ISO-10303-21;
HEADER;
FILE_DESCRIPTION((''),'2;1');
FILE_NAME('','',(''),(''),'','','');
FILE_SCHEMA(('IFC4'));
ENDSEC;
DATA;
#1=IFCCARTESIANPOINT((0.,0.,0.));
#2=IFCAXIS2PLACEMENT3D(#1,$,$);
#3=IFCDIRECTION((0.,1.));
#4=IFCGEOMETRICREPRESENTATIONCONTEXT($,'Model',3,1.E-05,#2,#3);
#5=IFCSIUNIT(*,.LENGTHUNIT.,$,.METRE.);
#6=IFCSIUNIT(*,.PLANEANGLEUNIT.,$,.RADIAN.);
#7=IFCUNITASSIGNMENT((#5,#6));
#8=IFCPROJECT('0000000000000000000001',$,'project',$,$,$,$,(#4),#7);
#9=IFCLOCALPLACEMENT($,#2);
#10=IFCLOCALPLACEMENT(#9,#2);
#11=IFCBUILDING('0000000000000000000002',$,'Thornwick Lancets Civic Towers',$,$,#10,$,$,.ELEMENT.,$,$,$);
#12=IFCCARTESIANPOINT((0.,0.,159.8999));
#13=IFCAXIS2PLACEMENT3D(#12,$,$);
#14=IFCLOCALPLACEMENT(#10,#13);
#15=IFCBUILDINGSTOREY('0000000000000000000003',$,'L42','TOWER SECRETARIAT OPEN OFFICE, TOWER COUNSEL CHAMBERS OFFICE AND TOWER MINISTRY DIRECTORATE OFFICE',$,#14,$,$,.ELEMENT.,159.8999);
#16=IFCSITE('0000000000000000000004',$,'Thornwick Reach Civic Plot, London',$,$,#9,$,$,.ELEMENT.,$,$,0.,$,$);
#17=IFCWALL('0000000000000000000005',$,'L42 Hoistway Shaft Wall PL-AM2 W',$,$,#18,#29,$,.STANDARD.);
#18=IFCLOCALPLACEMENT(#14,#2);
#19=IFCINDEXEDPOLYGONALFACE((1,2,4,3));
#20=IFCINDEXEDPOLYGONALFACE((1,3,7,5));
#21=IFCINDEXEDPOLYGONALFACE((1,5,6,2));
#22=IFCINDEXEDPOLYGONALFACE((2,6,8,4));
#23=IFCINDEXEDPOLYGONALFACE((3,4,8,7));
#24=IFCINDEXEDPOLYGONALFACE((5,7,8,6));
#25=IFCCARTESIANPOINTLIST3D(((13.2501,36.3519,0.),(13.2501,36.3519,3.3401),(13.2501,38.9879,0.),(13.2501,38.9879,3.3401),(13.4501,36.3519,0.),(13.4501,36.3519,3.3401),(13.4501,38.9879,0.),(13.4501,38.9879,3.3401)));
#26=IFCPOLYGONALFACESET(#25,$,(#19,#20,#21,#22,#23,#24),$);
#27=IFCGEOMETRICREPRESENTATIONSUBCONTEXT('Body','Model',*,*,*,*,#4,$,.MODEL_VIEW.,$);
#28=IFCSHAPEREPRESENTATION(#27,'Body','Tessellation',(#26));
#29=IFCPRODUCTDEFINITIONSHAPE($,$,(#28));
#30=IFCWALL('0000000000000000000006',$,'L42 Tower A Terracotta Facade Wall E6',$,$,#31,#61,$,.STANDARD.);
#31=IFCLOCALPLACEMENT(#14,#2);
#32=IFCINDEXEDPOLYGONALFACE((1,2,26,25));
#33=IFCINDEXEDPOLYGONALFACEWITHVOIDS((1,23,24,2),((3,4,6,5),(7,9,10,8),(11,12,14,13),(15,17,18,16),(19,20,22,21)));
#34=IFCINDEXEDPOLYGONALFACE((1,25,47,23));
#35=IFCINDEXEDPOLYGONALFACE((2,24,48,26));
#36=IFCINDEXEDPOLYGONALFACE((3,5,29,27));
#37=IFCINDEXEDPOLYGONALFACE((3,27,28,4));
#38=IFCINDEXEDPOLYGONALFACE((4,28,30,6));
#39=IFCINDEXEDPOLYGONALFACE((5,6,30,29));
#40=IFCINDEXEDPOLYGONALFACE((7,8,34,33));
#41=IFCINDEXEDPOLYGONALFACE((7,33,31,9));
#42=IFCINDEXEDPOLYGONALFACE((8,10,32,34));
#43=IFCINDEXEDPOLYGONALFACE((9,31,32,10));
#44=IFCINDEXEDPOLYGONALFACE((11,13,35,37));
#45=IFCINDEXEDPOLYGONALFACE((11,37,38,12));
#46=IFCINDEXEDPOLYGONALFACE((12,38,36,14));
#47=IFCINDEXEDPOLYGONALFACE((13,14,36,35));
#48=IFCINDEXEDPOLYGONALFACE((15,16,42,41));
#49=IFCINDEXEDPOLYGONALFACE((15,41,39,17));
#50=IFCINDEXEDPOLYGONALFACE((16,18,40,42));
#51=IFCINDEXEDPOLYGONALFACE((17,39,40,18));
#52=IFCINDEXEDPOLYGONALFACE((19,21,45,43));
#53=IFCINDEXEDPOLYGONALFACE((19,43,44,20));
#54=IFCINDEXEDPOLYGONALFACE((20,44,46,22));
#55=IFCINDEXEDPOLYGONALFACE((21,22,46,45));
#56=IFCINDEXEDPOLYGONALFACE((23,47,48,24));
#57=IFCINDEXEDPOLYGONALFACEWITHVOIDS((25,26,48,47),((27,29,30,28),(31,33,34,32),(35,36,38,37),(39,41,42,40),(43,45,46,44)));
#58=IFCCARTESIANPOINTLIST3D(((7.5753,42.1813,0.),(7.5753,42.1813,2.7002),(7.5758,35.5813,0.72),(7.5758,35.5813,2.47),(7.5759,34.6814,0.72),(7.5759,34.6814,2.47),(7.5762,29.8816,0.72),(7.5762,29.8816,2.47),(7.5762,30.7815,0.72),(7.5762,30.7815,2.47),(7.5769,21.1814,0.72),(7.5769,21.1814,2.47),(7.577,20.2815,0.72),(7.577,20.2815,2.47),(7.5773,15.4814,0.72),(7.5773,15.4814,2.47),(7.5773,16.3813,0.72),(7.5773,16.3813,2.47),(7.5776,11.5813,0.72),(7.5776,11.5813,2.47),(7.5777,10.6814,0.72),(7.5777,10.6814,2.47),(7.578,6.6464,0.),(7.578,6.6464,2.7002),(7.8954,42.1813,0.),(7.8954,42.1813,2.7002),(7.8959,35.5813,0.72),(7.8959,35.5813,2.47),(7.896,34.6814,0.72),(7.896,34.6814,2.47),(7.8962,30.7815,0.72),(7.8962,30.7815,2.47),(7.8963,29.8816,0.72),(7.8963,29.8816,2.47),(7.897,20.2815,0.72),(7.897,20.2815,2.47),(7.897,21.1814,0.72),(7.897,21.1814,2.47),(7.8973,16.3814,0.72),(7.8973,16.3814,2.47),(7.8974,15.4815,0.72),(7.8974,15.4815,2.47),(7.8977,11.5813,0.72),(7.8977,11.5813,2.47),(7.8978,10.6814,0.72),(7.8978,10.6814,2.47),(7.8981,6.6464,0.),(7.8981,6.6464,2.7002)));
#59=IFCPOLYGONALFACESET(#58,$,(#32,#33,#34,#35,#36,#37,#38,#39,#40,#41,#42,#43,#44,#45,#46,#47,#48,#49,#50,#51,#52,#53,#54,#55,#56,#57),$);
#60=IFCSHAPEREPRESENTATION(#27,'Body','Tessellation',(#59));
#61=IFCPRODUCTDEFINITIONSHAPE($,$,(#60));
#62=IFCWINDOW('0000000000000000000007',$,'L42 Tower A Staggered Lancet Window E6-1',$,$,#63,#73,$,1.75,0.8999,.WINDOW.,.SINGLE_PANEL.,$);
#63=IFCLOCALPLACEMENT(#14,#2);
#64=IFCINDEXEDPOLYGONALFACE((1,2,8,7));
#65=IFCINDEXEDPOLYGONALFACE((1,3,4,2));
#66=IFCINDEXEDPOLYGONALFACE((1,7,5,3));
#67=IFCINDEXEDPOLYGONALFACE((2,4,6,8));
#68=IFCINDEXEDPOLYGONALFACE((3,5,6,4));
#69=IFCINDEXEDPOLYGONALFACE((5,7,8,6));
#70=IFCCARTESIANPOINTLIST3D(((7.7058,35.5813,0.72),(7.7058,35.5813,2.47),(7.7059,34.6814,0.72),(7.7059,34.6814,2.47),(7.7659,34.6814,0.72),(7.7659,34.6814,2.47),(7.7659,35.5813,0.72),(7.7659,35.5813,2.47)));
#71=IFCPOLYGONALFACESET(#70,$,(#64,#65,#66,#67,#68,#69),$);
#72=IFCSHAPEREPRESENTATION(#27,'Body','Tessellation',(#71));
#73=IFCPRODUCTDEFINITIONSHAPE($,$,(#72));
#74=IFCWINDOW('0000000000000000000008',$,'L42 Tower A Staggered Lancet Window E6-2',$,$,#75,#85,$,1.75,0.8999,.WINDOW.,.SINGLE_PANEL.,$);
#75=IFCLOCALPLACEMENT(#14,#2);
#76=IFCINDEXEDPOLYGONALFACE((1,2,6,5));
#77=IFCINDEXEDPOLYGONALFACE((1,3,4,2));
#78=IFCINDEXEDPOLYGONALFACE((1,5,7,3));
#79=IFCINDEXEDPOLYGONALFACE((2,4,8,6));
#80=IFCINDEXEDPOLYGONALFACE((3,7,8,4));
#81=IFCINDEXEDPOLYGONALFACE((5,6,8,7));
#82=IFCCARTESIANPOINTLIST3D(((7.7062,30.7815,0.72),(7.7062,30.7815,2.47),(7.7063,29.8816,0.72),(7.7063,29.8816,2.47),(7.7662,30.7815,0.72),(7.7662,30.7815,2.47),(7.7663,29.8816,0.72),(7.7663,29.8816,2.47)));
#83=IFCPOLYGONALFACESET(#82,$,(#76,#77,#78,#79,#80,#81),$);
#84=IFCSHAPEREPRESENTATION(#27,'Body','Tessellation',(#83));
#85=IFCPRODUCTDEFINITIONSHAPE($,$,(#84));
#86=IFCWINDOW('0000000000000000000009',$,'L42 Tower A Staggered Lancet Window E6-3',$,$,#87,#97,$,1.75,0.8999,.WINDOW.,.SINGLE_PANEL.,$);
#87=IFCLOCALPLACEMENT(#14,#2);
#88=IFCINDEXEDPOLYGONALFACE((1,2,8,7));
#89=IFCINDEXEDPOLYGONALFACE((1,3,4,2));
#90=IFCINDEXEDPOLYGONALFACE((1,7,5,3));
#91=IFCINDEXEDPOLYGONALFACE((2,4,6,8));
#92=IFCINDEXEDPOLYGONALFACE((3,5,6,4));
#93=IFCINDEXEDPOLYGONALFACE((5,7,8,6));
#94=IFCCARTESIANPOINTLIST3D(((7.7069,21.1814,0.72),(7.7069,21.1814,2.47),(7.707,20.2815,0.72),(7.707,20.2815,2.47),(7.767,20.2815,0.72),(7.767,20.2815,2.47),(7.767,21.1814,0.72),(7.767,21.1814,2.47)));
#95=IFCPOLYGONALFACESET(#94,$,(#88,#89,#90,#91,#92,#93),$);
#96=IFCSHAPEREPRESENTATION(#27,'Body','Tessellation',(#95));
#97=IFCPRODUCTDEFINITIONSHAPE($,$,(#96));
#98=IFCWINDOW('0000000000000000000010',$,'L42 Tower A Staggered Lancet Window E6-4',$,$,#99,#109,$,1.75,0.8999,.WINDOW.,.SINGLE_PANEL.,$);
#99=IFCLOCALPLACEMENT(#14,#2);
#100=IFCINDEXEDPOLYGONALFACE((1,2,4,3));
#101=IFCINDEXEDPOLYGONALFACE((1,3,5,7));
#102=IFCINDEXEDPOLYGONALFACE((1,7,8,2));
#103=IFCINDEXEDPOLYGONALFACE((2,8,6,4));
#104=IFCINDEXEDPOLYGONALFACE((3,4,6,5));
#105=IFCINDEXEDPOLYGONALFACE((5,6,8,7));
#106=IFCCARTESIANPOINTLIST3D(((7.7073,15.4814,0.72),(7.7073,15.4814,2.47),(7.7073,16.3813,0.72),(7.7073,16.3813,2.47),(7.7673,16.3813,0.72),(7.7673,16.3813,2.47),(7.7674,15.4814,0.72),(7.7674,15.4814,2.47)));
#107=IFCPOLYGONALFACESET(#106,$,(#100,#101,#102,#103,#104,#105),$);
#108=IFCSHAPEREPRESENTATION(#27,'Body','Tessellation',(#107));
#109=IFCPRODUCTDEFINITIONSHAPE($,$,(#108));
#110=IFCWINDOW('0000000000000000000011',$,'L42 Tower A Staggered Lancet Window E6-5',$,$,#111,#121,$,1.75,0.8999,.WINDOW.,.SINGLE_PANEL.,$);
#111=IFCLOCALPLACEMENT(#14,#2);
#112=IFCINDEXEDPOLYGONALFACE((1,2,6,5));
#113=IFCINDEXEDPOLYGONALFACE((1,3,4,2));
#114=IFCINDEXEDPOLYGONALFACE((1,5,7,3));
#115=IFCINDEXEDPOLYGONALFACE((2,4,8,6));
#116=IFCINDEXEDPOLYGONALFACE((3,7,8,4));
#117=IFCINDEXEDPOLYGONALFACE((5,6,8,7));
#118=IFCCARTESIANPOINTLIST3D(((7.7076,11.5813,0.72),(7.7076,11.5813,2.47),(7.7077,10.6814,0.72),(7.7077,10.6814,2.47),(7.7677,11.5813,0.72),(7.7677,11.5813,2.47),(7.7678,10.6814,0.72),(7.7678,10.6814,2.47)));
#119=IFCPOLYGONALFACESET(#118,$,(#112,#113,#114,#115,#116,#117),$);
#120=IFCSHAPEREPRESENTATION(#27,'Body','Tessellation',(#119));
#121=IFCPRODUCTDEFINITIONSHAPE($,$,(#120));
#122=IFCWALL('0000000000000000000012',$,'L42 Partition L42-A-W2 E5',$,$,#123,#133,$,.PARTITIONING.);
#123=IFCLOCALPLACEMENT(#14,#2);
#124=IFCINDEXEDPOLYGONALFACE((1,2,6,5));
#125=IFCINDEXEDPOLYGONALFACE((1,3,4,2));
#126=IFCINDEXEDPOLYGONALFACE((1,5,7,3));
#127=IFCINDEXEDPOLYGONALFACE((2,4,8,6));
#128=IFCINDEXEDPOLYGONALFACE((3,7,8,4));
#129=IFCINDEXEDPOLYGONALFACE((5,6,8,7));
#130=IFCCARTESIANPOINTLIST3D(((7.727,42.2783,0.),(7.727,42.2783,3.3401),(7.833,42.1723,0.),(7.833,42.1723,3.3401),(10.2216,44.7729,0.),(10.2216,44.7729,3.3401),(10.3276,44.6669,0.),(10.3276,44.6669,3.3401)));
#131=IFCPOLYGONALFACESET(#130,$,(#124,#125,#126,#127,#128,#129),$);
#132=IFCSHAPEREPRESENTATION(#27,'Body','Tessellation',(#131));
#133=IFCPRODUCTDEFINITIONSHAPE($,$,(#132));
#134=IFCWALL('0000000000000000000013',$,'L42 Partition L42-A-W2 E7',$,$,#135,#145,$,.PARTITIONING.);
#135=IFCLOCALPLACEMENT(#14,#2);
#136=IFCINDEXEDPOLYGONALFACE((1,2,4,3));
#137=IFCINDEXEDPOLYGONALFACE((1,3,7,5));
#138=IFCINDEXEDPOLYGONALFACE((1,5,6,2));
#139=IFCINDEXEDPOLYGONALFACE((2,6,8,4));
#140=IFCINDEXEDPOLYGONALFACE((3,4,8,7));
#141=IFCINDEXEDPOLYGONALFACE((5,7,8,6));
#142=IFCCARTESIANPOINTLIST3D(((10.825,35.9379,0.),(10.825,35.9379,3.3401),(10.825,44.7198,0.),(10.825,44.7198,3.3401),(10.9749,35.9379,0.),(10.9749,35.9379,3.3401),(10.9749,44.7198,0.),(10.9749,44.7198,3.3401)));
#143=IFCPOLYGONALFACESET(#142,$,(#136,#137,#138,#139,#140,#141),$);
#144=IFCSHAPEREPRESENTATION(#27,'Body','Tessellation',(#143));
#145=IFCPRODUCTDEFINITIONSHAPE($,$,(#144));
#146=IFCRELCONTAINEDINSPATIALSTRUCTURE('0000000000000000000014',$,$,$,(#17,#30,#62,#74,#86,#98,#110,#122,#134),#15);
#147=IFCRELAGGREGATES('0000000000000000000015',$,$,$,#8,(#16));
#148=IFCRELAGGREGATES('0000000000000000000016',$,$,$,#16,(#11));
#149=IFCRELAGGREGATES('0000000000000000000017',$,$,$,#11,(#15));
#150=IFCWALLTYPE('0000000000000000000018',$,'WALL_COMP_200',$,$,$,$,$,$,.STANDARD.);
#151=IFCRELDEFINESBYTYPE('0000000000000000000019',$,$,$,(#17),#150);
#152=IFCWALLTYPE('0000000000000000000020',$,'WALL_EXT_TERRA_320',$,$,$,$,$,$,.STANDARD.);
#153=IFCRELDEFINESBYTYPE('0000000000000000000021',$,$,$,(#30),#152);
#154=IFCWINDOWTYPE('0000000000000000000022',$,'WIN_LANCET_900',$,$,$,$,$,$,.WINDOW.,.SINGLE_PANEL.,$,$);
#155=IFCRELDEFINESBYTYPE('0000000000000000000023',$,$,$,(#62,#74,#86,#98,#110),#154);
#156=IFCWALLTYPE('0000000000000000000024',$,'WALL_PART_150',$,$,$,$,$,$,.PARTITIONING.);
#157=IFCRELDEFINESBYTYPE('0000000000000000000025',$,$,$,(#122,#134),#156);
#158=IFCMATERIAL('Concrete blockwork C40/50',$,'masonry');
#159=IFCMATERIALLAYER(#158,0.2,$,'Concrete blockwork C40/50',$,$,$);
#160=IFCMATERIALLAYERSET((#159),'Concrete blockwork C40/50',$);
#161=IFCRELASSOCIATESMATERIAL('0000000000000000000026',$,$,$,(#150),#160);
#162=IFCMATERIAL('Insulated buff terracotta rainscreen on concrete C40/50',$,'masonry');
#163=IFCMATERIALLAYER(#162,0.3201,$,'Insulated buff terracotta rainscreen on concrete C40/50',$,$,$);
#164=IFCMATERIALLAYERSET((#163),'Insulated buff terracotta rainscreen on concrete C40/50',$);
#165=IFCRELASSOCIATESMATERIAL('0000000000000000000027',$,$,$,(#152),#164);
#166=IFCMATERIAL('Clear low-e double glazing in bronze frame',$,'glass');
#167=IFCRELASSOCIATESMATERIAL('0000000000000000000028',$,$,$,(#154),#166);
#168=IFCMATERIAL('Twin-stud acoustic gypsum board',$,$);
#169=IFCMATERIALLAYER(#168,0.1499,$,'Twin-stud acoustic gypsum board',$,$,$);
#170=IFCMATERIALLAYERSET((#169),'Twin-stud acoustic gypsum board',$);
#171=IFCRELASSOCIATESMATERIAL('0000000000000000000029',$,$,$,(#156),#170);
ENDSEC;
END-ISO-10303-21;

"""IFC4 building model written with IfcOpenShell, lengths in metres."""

from ifc_helpers import new_model, si_unit, direction, frame, frame_2d, origin, place, context, subcontext, project, spatial, rectangle, extrude, material, layer, layer_set, type_object, element, fill, save


model = new_model("IFC4")

# Units and contexts
model_context = context("Model", 3, precision=1e-05, world=origin(), true_north=direction((0.0, 1.0)))
body_context = subcontext(model_context, "Body", "Model", "MODEL_VIEW")
ifc_project = project(units=[si_unit("LENGTHUNIT", "METRE"), si_unit("PLANEANGLEUNIT", "RADIAN")], contexts=[model_context])

# Site, building, storey
site_placement = place(None, origin())
site = spatial("IfcSite", under=ifc_project, at=site_placement, Name="Thornwick Reach Civic Plot, London", CompositionType="ELEMENT", RefElevation=0.0)
building_placement = place(site_placement, origin())
building = spatial("IfcBuilding", under=site, at=building_placement, Name="Thornwick Lancets Civic Towers", CompositionType="ELEMENT")
storey_placement = place(building_placement, frame((0.0, 0.0, 159.8999)))
storey = spatial("IfcBuildingStorey", under=building, at=storey_placement, Name="L42", Description="TOWER SECRETARIAT OPEN OFFICE, TOWER COUNSEL CHAMBERS OFFICE AND TOWER MINISTRY DIRECTORATE OFFICE", CompositionType="ELEMENT", Elevation=159.8999)

# Wall
ifc_material_1 = material(Name="Concrete blockwork C40/50", Category="masonry")
ifc_layer_1 = layer(ifc_material_1, 0.2, Name="Concrete blockwork C40/50")
ifc_layer_set_1 = layer_set([ifc_layer_1], Name="Concrete blockwork C40/50")
wall_type_1 = type_object("IfcWallType", Name="WALL_COMP_200", PredefinedType="STANDARD", material=ifc_layer_set_1)
wall_1_placement = place(storey_placement, frame((13.3501, 36.3521, 0.0), z_axis=(0.0, 0.0, 1.0), x_axis=(0.0, 1.0, 0.0)))
element("IfcWall", 1, at=wall_1_placement, inside=storey, type_object=wall_type_1, Name="L42 Hoistway Shaft Wall PL-AM2 W", PredefinedType="STANDARD", context=body_context, shape_type="SweptSolid", body=[
    extrude(rectangle(XDim=2.636, YDim=0.2, at=frame_2d((1.3179, 0.0))), origin(), (0.0, 0.0, 1.0), 3.3401),
])

# Wall, openings, windows
ifc_material_2 = material(Name="Insulated buff terracotta rainscreen on concrete C40/50", Category="masonry")
ifc_layer_2 = layer(ifc_material_2, 0.3201, Name="Insulated buff terracotta rainscreen on concrete C40/50")
ifc_layer_set_2 = layer_set([ifc_layer_2], Name="Insulated buff terracotta rainscreen on concrete C40/50")
wall_type_2 = type_object("IfcWallType", Name="WALL_EXT_TERRA_320", PredefinedType="STANDARD", material=ifc_layer_set_2)
wall_2_placement = place(storey_placement, frame((7.7354, 42.1814, 0.0), z_axis=(0.0, 0.0, 1.0), x_axis=(0.000076, -1.0, 0.0)))
wall_2 = element("IfcWall", 2, at=wall_2_placement, inside=storey, type_object=wall_type_2, Name="L42 Tower A Terracotta Facade Wall E6", PredefinedType="STANDARD", context=body_context, shape_type="SweptSolid", body=[
    extrude(rectangle(XDim=35.5349, YDim=0.3201, at=frame_2d((17.7676, 0.0))), origin(), (0.0, 0.0, 1.0), 2.7002),
])
opening_1_placement = place(wall_2_placement, frame((6.6001, 0.0, 0.72)))
opening_1 = element("IfcOpeningElement", 3, at=opening_1_placement, cuts=wall_2, PredefinedType="OPENING", context=body_context, shape_type="SweptSolid", body=[
    extrude(rectangle(XDim=0.8999, YDim=1.75, at=frame_2d((0.45, 0.875))), frame((0.0, 0.1699, 0.0), z_axis=(0.0, -1.0, 0.0), x_axis=(1.0, 0.0, 0.0)), (0.0, 0.0, 1.0), 0.3401),
])
opening_2_placement = place(wall_2_placement, frame((11.3999, 0.0, 0.72)))
opening_2 = element("IfcOpeningElement", 4, at=opening_2_placement, cuts=wall_2, PredefinedType="OPENING", context=body_context, shape_type="SweptSolid", body=[
    extrude(rectangle(XDim=0.8999, YDim=1.75, at=frame_2d((0.45, 0.875))), frame((0.0, 0.1699, 0.0), z_axis=(0.0, -1.0, 0.0), x_axis=(1.0, 0.0, 0.0)), (0.0, 0.0, 1.0), 0.3401),
])
opening_3_placement = place(wall_2_placement, frame((21.0, 0.0, 0.72)))
opening_3 = element("IfcOpeningElement", 5, at=opening_3_placement, cuts=wall_2, PredefinedType="OPENING", context=body_context, shape_type="SweptSolid", body=[
    extrude(rectangle(XDim=0.8999, YDim=1.75, at=frame_2d((0.45, 0.875))), frame((0.0, 0.1699, 0.0), z_axis=(0.0, -1.0, 0.0), x_axis=(1.0, 0.0, 0.0)), (0.0, 0.0, 1.0), 0.3401),
])
opening_4_placement = place(wall_2_placement, frame((25.8, 0.0, 0.72)))
opening_4 = element("IfcOpeningElement", 6, at=opening_4_placement, cuts=wall_2, PredefinedType="OPENING", context=body_context, shape_type="SweptSolid", body=[
    extrude(rectangle(XDim=0.8999, YDim=1.75, at=frame_2d((0.45, 0.875))), frame((0.0, 0.1699, 0.0), z_axis=(0.0, -1.0, 0.0), x_axis=(1.0, 0.0, 0.0)), (0.0, 0.0, 1.0), 0.3401),
])
opening_5_placement = place(wall_2_placement, frame((30.6001, 0.0, 0.72)))
opening_5 = element("IfcOpeningElement", 7, at=opening_5_placement, cuts=wall_2, PredefinedType="OPENING", context=body_context, shape_type="SweptSolid", body=[
    extrude(rectangle(XDim=0.8999, YDim=1.75, at=frame_2d((0.45, 0.875))), frame((0.0, 0.1699, 0.0), z_axis=(0.0, -1.0, 0.0), x_axis=(1.0, 0.0, 0.0)), (0.0, 0.0, 1.0), 0.3401),
])
ifc_material_3 = material(Name="Clear low-e double glazing in bronze frame", Category="glass")
window_type = type_object("IfcWindowType", Name="WIN_LANCET_900", PartitioningType="SINGLE_PANEL", PredefinedType="WINDOW", material=ifc_material_3)
window_1_placement = place(opening_1_placement, origin())
window_1 = element("IfcWindow", 8, at=window_1_placement, inside=storey, type_object=window_type, Name="L42 Tower A Staggered Lancet Window E6-1", OverallHeight=1.75, OverallWidth=0.8999, PartitioningType="SINGLE_PANEL", PredefinedType="WINDOW", context=body_context, shape_type="SweptSolid", body=[
    extrude(rectangle(XDim=0.8999, YDim=1.75, at=frame_2d((0.45, 0.875))), frame((0.0, 0.03, 0.0), z_axis=(0.0, -1.0, 0.0), x_axis=(1.0, 0.0, 0.0)), (0.0, 0.0, 1.0), 0.0601),
])
fill(opening_1, window_1)
window_2_placement = place(opening_2_placement, origin())
window_2 = element("IfcWindow", 9, at=window_2_placement, inside=storey, type_object=window_type, Name="L42 Tower A Staggered Lancet Window E6-2", OverallHeight=1.75, OverallWidth=0.8999, PartitioningType="SINGLE_PANEL", PredefinedType="WINDOW", context=body_context, shape_type="SweptSolid", body=[
    extrude(rectangle(XDim=0.8999, YDim=1.75, at=frame_2d((0.45, 0.875))), frame((0.0, 0.03, 0.0), z_axis=(0.0, -1.0, 0.0), x_axis=(1.0, 0.0, 0.0)), (0.0, 0.0, 1.0), 0.0601),
])
fill(opening_2, window_2)
window_3_placement = place(opening_3_placement, origin())
window_3 = element("IfcWindow", 10, at=window_3_placement, inside=storey, type_object=window_type, Name="L42 Tower A Staggered Lancet Window E6-3", OverallHeight=1.75, OverallWidth=0.8999, PartitioningType="SINGLE_PANEL", PredefinedType="WINDOW", context=body_context, shape_type="SweptSolid", body=[
    extrude(rectangle(XDim=0.8999, YDim=1.75, at=frame_2d((0.45, 0.875))), frame((0.0, 0.03, 0.0), z_axis=(0.0, -1.0, 0.0), x_axis=(1.0, 0.0, 0.0)), (0.0, 0.0, 1.0), 0.0601),
])
fill(opening_3, window_3)
window_4_placement = place(opening_4_placement, origin())
window_4 = element("IfcWindow", 11, at=window_4_placement, inside=storey, type_object=window_type, Name="L42 Tower A Staggered Lancet Window E6-4", OverallHeight=1.75, OverallWidth=0.8999, PartitioningType="SINGLE_PANEL", PredefinedType="WINDOW", context=body_context, shape_type="SweptSolid", body=[
    extrude(rectangle(XDim=0.8999, YDim=1.75, at=frame_2d((0.45, 0.875))), frame((0.0, 0.03, 0.0), z_axis=(0.0, -1.0, 0.0), x_axis=(1.0, 0.0, 0.0)), (0.0, 0.0, 1.0), 0.0601),
])
fill(opening_4, window_4)
window_5_placement = place(opening_5_placement, origin())
window_5 = element("IfcWindow", 12, at=window_5_placement, inside=storey, type_object=window_type, Name="L42 Tower A Staggered Lancet Window E6-5", OverallHeight=1.75, OverallWidth=0.8999, PartitioningType="SINGLE_PANEL", PredefinedType="WINDOW", context=body_context, shape_type="SweptSolid", body=[
    extrude(rectangle(XDim=0.8999, YDim=1.75, at=frame_2d((0.45, 0.875))), frame((0.0, 0.03, 0.0), z_axis=(0.0, -1.0, 0.0), x_axis=(1.0, 0.0, 0.0)), (0.0, 0.0, 1.0), 0.0601),
])
fill(opening_5, window_5)

# Walls
ifc_material_4 = material(Name="Twin-stud acoustic gypsum board")
ifc_layer_3 = layer(ifc_material_4, 0.1499, Name="Twin-stud acoustic gypsum board")
ifc_layer_set_3 = layer_set([ifc_layer_3], Name="Twin-stud acoustic gypsum board")
wall_type_3 = type_object("IfcWallType", Name="WALL_PART_150", PredefinedType="PARTITIONING", material=ifc_layer_set_3)
wall_3_placement = place(storey_placement, frame((7.78, 42.2253, 0.0), z_axis=(0.0, 0.0, 1.0), x_axis=(0.707107, 0.707107, 0.0)))
element("IfcWall", 13, at=wall_3_placement, inside=storey, type_object=wall_type_3, Name="L42 Partition L42-A-W2 E5", PredefinedType="PARTITIONING", context=body_context, shape_type="SweptSolid", body=[
    extrude(rectangle(XDim=3.5278, YDim=0.1499, at=frame_2d((1.7639, 0.0))), origin(), (0.0, 0.0, 1.0), 3.3401),
])
wall_4_placement = place(storey_placement, frame((10.8999, 44.72, 0.0), z_axis=(0.0, 0.0, 1.0), x_axis=(0.0, -1.0, 0.0)))
element("IfcWall", 14, at=wall_4_placement, inside=storey, type_object=wall_type_3, Name="L42 Partition L42-A-W2 E7", PredefinedType="PARTITIONING", context=body_context, shape_type="SweptSolid", body=[
    extrude(rectangle(XDim=8.782, YDim=0.1499, at=frame_2d((4.3911, 0.0))), origin(), (0.0, 0.0, 1.0), 3.3401),
])

save(model, "model.ifc")
